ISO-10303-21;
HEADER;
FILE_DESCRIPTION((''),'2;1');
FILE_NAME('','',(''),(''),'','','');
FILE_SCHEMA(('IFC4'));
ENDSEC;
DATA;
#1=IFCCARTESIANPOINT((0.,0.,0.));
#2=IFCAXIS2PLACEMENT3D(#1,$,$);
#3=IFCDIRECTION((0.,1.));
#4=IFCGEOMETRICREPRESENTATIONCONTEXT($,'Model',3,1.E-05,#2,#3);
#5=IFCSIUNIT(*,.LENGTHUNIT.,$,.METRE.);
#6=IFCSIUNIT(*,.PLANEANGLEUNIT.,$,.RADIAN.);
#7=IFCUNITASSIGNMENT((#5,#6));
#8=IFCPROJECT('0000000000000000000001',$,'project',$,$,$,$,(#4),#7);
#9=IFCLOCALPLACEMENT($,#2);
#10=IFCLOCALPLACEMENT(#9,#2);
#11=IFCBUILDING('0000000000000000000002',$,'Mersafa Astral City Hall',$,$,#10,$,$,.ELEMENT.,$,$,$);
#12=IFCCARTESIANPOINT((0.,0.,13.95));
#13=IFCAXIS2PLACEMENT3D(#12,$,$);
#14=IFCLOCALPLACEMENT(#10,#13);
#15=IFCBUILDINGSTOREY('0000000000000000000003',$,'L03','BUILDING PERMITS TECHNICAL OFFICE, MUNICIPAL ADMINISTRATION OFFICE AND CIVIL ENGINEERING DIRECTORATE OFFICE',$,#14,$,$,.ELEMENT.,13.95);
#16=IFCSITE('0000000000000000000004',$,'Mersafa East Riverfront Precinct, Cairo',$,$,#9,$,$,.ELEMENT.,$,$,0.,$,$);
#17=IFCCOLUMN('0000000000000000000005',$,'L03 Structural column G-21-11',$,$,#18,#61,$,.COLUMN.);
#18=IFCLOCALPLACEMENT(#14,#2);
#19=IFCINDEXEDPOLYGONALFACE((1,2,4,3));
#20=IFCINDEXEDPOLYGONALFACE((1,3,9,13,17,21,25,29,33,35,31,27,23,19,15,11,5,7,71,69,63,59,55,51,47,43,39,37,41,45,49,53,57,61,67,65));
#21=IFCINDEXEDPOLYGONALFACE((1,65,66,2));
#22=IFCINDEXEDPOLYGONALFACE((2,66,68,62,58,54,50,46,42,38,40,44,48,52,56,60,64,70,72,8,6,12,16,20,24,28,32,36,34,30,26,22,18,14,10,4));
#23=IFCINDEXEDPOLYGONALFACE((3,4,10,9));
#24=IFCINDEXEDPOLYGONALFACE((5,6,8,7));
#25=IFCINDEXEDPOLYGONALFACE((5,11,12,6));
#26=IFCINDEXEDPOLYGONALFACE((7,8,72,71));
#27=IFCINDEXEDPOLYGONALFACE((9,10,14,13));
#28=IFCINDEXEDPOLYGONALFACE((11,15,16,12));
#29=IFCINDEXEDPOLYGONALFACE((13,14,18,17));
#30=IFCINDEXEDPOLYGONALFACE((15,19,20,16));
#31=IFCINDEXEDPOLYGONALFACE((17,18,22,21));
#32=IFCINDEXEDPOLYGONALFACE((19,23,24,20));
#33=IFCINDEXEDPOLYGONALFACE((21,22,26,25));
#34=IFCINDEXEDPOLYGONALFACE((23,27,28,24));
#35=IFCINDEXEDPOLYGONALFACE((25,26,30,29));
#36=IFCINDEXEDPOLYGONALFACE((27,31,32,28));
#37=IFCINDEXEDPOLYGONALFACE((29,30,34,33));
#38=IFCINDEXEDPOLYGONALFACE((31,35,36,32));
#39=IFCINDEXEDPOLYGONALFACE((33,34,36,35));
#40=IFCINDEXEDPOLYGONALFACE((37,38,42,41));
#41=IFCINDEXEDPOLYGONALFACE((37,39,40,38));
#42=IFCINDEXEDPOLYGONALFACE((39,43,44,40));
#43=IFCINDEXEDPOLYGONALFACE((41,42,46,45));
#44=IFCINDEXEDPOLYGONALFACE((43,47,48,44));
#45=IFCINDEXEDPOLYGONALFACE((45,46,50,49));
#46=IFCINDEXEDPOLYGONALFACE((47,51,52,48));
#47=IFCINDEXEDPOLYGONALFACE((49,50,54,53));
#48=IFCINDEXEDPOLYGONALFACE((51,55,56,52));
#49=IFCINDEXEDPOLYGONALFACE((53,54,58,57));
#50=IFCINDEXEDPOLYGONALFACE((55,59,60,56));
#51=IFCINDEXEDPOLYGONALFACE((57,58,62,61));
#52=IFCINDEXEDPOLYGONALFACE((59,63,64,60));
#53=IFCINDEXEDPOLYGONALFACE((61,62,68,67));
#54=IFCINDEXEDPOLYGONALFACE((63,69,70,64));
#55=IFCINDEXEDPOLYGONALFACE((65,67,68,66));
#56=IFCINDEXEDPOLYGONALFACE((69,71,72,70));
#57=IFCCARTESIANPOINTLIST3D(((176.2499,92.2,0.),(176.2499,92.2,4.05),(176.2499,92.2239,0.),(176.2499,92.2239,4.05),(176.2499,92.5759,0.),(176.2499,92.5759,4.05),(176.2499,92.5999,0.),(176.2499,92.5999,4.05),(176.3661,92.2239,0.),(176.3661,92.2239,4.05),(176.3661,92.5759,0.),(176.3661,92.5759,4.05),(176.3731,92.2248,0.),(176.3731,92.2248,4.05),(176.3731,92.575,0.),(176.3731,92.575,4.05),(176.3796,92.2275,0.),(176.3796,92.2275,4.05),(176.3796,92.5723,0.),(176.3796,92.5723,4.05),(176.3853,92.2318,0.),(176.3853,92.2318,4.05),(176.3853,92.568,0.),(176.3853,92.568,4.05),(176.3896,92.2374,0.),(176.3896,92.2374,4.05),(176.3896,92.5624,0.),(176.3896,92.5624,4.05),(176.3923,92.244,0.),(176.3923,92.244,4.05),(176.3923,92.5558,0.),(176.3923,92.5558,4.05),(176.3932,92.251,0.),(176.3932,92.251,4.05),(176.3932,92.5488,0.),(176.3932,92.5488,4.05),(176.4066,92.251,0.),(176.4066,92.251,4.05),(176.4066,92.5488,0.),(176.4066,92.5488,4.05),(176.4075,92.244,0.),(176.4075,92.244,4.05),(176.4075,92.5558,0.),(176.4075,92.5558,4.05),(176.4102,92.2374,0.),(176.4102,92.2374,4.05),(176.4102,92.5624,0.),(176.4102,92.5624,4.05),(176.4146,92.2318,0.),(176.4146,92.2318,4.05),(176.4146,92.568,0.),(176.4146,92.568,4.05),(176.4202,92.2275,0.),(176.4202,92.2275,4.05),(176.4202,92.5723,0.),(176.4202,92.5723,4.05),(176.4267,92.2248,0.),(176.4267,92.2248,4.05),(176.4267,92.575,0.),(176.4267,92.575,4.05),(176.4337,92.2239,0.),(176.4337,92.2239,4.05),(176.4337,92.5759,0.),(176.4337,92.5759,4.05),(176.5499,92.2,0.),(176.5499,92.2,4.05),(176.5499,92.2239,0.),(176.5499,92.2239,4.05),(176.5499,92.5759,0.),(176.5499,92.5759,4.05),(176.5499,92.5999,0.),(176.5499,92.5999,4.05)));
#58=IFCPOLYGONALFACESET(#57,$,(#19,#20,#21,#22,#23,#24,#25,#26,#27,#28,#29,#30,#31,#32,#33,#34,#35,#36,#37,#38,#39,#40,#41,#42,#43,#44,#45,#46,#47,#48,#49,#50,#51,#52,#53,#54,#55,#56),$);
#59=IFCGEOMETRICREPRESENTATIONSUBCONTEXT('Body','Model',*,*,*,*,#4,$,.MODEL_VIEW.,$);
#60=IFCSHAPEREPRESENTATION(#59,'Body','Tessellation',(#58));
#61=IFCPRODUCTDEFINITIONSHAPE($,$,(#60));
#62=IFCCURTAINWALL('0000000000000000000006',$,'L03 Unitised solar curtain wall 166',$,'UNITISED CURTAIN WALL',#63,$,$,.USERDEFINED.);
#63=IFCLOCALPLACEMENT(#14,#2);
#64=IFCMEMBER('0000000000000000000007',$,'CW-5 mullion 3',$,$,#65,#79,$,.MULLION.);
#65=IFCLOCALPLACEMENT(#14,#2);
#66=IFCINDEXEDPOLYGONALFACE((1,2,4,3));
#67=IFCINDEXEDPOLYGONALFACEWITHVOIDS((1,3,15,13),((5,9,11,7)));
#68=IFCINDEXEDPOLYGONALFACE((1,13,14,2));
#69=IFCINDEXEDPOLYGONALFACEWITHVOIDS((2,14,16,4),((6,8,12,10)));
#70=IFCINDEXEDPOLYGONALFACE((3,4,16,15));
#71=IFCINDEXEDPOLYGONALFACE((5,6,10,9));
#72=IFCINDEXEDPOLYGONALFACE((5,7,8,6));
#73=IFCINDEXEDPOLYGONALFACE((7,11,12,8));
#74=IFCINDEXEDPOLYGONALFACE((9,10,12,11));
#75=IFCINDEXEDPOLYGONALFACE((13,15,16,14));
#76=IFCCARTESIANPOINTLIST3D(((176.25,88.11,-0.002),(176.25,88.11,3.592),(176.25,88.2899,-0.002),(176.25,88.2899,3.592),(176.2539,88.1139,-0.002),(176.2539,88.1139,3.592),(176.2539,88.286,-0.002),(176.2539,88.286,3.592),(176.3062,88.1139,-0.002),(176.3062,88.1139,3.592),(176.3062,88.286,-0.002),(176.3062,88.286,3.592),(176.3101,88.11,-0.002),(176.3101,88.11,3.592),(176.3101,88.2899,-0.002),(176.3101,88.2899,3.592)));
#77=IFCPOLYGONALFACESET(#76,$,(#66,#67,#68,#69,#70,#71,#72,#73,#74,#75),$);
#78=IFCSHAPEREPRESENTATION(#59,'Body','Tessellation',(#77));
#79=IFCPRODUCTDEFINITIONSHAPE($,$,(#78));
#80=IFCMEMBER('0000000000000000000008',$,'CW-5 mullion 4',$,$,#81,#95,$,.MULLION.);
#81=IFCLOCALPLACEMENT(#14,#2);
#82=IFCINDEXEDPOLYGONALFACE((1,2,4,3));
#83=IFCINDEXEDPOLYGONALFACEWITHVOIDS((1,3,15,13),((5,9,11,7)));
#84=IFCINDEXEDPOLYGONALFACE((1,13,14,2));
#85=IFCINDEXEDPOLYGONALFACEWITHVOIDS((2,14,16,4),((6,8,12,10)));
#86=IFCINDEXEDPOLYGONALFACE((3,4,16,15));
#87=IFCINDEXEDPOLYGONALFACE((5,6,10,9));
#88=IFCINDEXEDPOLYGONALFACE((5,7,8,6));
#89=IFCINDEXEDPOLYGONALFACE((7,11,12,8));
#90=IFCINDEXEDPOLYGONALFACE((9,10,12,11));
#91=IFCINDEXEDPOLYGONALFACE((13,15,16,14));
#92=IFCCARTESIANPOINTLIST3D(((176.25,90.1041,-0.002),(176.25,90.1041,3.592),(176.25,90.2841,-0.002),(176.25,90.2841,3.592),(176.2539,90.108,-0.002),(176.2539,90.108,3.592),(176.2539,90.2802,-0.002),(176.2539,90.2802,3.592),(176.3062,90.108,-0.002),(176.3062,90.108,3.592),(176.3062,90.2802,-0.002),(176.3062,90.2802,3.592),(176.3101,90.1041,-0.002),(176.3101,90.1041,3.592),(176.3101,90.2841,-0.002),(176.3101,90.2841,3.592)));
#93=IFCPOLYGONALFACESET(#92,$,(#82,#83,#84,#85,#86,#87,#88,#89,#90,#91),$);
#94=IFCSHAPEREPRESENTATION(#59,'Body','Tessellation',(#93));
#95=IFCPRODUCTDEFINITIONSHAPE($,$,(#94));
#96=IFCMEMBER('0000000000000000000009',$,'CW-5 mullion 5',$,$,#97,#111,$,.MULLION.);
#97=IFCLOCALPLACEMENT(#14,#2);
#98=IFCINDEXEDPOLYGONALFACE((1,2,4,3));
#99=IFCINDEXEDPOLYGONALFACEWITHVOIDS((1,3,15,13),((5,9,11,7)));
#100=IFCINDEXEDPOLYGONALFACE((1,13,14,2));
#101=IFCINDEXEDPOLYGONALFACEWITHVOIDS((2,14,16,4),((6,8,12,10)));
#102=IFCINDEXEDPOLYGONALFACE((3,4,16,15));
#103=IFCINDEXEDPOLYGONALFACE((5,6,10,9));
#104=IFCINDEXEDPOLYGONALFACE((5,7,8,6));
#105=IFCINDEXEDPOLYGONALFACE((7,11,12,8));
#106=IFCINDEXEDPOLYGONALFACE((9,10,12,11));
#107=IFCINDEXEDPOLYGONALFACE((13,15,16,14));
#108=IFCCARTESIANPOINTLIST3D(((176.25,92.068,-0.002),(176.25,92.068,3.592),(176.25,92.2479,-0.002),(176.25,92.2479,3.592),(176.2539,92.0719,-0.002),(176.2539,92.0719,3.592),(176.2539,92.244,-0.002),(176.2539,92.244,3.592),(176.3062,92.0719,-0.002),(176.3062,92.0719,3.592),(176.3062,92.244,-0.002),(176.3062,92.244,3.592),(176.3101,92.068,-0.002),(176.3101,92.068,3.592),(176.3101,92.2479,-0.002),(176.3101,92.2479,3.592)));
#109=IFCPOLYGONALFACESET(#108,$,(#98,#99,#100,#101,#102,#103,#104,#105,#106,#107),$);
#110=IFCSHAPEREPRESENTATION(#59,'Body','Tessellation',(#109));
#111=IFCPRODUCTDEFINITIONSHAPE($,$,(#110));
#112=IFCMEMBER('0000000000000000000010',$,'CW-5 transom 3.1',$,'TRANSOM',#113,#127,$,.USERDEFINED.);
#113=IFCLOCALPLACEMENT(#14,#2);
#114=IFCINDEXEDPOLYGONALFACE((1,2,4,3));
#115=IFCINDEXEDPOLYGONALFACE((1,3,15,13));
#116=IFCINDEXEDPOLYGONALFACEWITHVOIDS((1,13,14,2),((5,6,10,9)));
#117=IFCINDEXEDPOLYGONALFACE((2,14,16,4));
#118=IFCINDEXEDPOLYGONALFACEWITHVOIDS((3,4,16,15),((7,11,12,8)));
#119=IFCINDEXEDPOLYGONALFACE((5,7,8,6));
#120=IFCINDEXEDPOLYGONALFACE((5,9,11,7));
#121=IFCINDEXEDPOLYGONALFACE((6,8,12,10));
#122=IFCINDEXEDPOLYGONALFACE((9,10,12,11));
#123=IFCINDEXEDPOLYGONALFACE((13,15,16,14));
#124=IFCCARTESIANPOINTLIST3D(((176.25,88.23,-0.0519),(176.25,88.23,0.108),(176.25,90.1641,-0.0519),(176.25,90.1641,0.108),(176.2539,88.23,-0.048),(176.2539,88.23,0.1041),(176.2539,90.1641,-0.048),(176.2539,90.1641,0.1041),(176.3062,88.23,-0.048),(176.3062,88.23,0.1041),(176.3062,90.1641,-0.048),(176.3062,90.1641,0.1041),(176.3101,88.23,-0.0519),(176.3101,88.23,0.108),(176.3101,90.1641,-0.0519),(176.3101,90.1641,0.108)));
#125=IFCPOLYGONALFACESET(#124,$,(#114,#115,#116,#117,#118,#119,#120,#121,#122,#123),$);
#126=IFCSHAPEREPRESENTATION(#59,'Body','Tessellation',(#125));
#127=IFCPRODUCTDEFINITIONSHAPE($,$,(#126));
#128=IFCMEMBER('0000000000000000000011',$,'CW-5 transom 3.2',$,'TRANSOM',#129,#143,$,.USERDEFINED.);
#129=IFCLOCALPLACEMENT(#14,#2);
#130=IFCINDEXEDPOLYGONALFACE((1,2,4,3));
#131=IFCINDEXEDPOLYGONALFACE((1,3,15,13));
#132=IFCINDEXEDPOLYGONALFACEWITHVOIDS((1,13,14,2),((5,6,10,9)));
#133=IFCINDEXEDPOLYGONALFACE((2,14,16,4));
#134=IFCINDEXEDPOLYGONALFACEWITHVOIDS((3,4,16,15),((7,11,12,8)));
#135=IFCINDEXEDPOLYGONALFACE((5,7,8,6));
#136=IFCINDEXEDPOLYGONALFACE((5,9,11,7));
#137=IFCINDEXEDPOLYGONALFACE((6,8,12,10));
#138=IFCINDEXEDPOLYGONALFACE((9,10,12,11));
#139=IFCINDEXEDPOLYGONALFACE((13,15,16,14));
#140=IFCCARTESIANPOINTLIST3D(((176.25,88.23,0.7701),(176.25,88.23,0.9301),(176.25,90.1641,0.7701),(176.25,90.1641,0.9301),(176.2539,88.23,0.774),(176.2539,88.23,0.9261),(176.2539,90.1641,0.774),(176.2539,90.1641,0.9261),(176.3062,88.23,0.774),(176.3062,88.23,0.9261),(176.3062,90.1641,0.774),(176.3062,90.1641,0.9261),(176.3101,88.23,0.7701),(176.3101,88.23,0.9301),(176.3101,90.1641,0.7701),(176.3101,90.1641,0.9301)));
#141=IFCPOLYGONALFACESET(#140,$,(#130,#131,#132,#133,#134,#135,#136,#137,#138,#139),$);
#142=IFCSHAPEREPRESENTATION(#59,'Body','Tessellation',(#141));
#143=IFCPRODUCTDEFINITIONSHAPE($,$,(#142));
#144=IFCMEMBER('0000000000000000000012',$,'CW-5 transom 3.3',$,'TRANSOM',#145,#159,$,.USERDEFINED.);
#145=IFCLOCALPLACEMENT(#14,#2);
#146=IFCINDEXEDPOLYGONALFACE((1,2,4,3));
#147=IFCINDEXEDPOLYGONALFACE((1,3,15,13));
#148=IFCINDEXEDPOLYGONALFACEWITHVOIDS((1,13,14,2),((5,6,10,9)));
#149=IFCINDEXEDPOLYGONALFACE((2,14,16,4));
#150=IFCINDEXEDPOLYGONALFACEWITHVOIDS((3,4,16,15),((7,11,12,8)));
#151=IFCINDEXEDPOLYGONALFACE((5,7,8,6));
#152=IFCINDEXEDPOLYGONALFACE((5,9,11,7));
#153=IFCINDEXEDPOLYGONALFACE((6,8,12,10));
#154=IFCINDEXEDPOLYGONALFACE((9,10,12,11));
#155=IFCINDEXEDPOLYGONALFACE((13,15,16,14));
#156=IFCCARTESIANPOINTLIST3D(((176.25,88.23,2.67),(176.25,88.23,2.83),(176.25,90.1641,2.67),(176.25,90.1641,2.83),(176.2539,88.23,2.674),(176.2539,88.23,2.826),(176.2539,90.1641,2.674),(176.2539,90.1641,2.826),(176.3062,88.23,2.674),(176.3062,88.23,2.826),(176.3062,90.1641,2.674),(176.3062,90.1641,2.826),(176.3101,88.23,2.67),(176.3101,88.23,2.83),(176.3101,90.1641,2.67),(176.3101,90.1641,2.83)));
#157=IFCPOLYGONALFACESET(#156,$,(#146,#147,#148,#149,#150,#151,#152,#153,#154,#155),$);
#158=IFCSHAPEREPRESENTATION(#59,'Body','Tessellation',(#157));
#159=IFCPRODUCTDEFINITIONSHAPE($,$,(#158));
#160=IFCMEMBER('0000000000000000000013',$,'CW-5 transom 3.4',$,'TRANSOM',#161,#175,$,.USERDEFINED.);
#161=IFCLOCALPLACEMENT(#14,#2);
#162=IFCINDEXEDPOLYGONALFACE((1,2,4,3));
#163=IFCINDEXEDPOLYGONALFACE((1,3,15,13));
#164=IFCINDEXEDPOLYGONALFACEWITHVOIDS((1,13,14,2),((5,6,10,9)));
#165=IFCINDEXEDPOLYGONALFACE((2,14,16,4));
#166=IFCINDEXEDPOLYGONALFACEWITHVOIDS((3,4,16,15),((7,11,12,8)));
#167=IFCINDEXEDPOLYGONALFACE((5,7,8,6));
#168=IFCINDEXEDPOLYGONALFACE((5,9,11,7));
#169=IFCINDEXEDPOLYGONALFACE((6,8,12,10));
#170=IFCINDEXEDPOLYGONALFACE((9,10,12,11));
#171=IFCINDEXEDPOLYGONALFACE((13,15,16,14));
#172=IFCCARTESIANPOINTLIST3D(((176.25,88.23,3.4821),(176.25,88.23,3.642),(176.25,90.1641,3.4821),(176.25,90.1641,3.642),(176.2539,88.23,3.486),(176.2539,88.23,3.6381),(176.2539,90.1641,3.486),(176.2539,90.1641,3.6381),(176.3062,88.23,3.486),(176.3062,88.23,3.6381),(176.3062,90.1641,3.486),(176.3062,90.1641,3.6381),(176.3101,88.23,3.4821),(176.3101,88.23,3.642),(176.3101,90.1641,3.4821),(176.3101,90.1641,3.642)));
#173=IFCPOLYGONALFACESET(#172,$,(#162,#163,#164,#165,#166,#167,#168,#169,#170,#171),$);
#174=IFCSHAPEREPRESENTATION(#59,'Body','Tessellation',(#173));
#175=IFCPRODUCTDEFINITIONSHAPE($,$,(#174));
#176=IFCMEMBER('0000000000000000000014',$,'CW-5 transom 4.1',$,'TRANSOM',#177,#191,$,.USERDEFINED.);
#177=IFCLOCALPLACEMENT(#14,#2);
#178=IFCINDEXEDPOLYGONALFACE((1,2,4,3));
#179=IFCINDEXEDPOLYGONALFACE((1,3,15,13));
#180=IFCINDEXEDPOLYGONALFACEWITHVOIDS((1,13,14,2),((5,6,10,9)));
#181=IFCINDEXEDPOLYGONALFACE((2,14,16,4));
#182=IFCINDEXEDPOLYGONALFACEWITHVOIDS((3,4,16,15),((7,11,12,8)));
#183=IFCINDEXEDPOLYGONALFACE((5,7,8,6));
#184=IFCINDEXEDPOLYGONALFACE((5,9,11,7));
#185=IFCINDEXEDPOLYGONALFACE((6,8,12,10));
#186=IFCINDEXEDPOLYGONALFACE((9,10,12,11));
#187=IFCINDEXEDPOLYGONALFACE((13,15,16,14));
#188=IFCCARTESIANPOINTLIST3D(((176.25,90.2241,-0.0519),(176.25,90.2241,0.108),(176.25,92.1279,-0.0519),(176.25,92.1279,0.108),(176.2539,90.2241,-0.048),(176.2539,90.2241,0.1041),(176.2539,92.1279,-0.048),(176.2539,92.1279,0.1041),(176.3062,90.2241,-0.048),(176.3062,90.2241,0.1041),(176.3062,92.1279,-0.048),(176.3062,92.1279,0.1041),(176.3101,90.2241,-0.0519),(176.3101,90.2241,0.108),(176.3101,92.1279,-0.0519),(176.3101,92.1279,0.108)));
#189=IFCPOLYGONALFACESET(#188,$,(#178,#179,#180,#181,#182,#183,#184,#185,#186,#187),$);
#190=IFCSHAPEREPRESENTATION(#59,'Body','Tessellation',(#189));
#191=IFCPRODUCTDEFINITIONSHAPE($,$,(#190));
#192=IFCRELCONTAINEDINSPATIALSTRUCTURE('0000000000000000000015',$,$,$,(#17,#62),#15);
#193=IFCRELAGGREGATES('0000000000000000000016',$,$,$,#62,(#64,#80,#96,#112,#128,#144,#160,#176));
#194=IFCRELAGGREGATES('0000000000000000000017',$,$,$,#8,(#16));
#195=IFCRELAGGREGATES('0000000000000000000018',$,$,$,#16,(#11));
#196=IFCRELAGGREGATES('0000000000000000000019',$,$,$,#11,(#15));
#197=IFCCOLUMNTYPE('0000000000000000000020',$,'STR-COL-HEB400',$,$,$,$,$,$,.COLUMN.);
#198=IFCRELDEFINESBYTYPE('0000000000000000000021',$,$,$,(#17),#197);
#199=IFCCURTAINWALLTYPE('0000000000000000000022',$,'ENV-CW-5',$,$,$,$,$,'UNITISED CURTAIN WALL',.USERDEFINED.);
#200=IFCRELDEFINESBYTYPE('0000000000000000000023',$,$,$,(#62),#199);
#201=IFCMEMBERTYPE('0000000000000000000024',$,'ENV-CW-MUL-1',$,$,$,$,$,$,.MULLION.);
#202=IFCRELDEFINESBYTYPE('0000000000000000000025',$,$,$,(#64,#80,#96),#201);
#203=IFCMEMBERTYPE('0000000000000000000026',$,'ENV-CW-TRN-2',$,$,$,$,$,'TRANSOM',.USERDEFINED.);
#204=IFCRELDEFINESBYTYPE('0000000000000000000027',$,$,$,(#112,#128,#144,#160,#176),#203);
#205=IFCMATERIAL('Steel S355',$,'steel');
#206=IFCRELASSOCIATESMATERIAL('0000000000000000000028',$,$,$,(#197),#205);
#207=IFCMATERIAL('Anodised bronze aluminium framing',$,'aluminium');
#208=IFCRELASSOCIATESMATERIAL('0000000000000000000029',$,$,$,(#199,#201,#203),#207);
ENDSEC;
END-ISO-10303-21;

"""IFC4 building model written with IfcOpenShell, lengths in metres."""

from ifc_helpers import new_model, si_unit, direction, frame, origin, origin_2d, place, context, subcontext, project, spatial, hollow_rectangle, i_section, extrude, material, material_profile, profile_set, type_object, element, aggregate, save


model = new_model("IFC4")

# Units and contexts
model_context = context("Model", 3, precision=1e-05, world=origin(), true_north=direction((0.0, 1.0)))
body_context = subcontext(model_context, "Body", "Model", "MODEL_VIEW")
ifc_project = project(units=[si_unit("LENGTHUNIT", "METRE"), si_unit("PLANEANGLEUNIT", "RADIAN")], contexts=[model_context])

# Site, building, storey
site_placement = place(None, origin())
site = spatial("IfcSite", under=ifc_project, at=site_placement, Name="Mersafa East Riverfront Precinct, Cairo", CompositionType="ELEMENT", RefElevation=0.0)
building_placement = place(site_placement, origin())
building = spatial("IfcBuilding", under=site, at=building_placement, Name="Mersafa Astral City Hall", CompositionType="ELEMENT")
storey_placement = place(building_placement, frame((0.0, 0.0, 13.95)))
storey = spatial("IfcBuildingStorey", under=building, at=storey_placement, Name="L03", Description="BUILDING PERMITS TECHNICAL OFFICE, MUNICIPAL ADMINISTRATION OFFICE AND CIVIL ENGINEERING DIRECTORATE OFFICE", CompositionType="ELEMENT", Elevation=13.95)

# Column
ifc_material_1 = material(Name="Steel S355", Category="steel")
ifc_material_profile_1 = material_profile(ifc_material_1, i_section(OverallWidth=0.3, OverallDepth=0.3999, WebThickness=0.0134, FlangeThickness=0.0239, FilletRadius=0.0271, at=origin_2d()), Name="HEB 400")
ifc_profile_set_1 = profile_set([ifc_material_profile_1], Name="Steel S355")
column_type = type_object("IfcColumnType", Name="STR-COL-HEB400", PredefinedType="COLUMN", material=ifc_profile_set_1)
column_placement = place(storey_placement, frame((176.3999, 92.3999, 0.0), z_axis=(0.0, 0.0, 1.0), x_axis=(1.0, 0.0, 0.0)))
element("IfcColumn", 1, at=column_placement, inside=storey, type_object=column_type, Name="L03 Structural column G-21-11", PredefinedType="COLUMN", context=body_context, shape_type="SweptSolid", body=[
    extrude(i_section(OverallWidth=0.3, OverallDepth=0.3999, WebThickness=0.0134, FlangeThickness=0.0239, FilletRadius=0.0271, at=origin_2d()), origin(), (0.0, 0.0, 1.0), 4.05),
])

# Curtain wall, members
ifc_material_2 = material(Name="Anodised bronze aluminium framing", Category="aluminium")
curtain_wall_type = type_object("IfcCurtainWallType", Name="ENV-CW-5", ElementType="UNITISED CURTAIN WALL", PredefinedType="USERDEFINED", material=ifc_material_2)
curtain_wall_placement = place(storey_placement, origin())
curtain_wall = element("IfcCurtainWall", 2, at=curtain_wall_placement, inside=storey, type_object=curtain_wall_type, Name="L03 Unitised solar curtain wall 166", ObjectType="UNITISED CURTAIN WALL", PredefinedType="USERDEFINED")
ifc_material_profile_2 = material_profile(ifc_material_2, hollow_rectangle(XDim=0.0601, YDim=0.1799, WallThickness=0.0039, at=origin_2d()), Name="RHS 60x180x4")
ifc_profile_set_2 = profile_set([ifc_material_profile_2], Name="Anodised bronze aluminium framing")
member_type_1 = type_object("IfcMemberType", Name="ENV-CW-MUL-1", PredefinedType="MULLION", material=ifc_profile_set_2)
member_1_placement = place(storey_placement, frame((176.28, 88.2, -0.002), z_axis=(0.0, 0.0, 1.0), x_axis=(-1.0, 0.0, 0.0)))
member_1 = element("IfcMember", 3, at=member_1_placement, type_object=member_type_1, Name="CW-5 mullion 3", PredefinedType="MULLION", context=body_context, shape_type="SweptSolid", body=[
    extrude(hollow_rectangle(XDim=0.0601, YDim=0.1799, WallThickness=0.0039, at=origin_2d()), origin(), (0.0, 0.0, 1.0), 3.594),
])
member_2_placement = place(storey_placement, frame((176.28, 90.1941, -0.002), z_axis=(0.0, 0.0, 1.0), x_axis=(-1.0, 0.0, 0.0)))
member_2 = element("IfcMember", 4, at=member_2_placement, type_object=member_type_1, Name="CW-5 mullion 4", PredefinedType="MULLION", context=body_context, shape_type="SweptSolid", body=[
    extrude(hollow_rectangle(XDim=0.0601, YDim=0.1799, WallThickness=0.0039, at=origin_2d()), origin(), (0.0, 0.0, 1.0), 3.594),
])
member_3_placement = place(storey_placement, frame((176.28, 92.158, -0.002), z_axis=(0.0, 0.0, 1.0), x_axis=(-1.0, 0.0, 0.0)))
member_3 = element("IfcMember", 5, at=member_3_placement, type_object=member_type_1, Name="CW-5 mullion 5", PredefinedType="MULLION", context=body_context, shape_type="SweptSolid", body=[
    extrude(hollow_rectangle(XDim=0.0601, YDim=0.1799, WallThickness=0.0039, at=origin_2d()), origin(), (0.0, 0.0, 1.0), 3.594),
])
ifc_material_profile_3 = material_profile(ifc_material_2, hollow_rectangle(XDim=0.0601, YDim=0.1599, WallThickness=0.0039, at=origin_2d()), Name="RHS 60x160x4")
ifc_profile_set_3 = profile_set([ifc_material_profile_3], Name="Anodised bronze aluminium framing")
member_type_2 = type_object("IfcMemberType", Name="ENV-CW-TRN-2", ElementType="TRANSOM", PredefinedType="USERDEFINED", material=ifc_profile_set_3)
member_4_placement = place(storey_placement, frame((176.28, 88.23, 0.0281), z_axis=(0.0, 1.0, 0.0), x_axis=(-1.0, 0.0, 0.0)))
member_4 = element("IfcMember", 6, at=member_4_placement, type_object=member_type_2, Name="CW-5 transom 3.1", ObjectType="TRANSOM", PredefinedType="USERDEFINED", context=body_context, shape_type="SweptSolid", body=[
    extrude(hollow_rectangle(XDim=0.0601, YDim=0.1599, WallThickness=0.0039, at=origin_2d()), origin(), (0.0, 0.0, 1.0), 1.9341),
])
member_5_placement = place(storey_placement, frame((176.28, 88.23, 0.8501), z_axis=(0.0, 1.0, 0.0), x_axis=(-1.0, 0.0, 0.0)))
member_5 = element("IfcMember", 7, at=member_5_placement, type_object=member_type_2, Name="CW-5 transom 3.2", ObjectType="TRANSOM", PredefinedType="USERDEFINED", context=body_context, shape_type="SweptSolid", body=[
    extrude(hollow_rectangle(XDim=0.0601, YDim=0.1599, WallThickness=0.0039, at=origin_2d()), origin(), (0.0, 0.0, 1.0), 1.9341),
])
member_6_placement = place(storey_placement, frame((176.28, 88.23, 2.75), z_axis=(0.0, 1.0, 0.0), x_axis=(-1.0, 0.0, 0.0)))
member_6 = element("IfcMember", 8, at=member_6_placement, type_object=member_type_2, Name="CW-5 transom 3.3", ObjectType="TRANSOM", PredefinedType="USERDEFINED", context=body_context, shape_type="SweptSolid", body=[
    extrude(hollow_rectangle(XDim=0.0601, YDim=0.1599, WallThickness=0.0039, at=origin_2d()), origin(), (0.0, 0.0, 1.0), 1.9341),
])
member_7_placement = place(storey_placement, frame((176.28, 88.23, 3.562), z_axis=(0.0, 1.0, 0.0), x_axis=(-1.0, 0.0, 0.0)))
member_7 = element("IfcMember", 9, at=member_7_placement, type_object=member_type_2, Name="CW-5 transom 3.4", ObjectType="TRANSOM", PredefinedType="USERDEFINED", context=body_context, shape_type="SweptSolid", body=[
    extrude(hollow_rectangle(XDim=0.0601, YDim=0.1599, WallThickness=0.0039, at=origin_2d()), origin(), (0.0, 0.0, 1.0), 1.9341),
])
member_8_placement = place(storey_placement, frame((176.28, 90.2241, 0.0281), z_axis=(0.0, 1.0, 0.0), x_axis=(-1.0, 0.0, 0.0)))
member_8 = element("IfcMember", 10, at=member_8_placement, type_object=member_type_2, Name="CW-5 transom 4.1", ObjectType="TRANSOM", PredefinedType="USERDEFINED", context=body_context, shape_type="SweptSolid", body=[
    extrude(hollow_rectangle(XDim=0.0601, YDim=0.1599, WallThickness=0.0039, at=origin_2d()), origin(), (0.0, 0.0, 1.0), 1.9038),
])
aggregate(curtain_wall, [member_1, member_2, member_3, member_4, member_5, member_6, member_7, member_8])

save(model, "model.ifc")
